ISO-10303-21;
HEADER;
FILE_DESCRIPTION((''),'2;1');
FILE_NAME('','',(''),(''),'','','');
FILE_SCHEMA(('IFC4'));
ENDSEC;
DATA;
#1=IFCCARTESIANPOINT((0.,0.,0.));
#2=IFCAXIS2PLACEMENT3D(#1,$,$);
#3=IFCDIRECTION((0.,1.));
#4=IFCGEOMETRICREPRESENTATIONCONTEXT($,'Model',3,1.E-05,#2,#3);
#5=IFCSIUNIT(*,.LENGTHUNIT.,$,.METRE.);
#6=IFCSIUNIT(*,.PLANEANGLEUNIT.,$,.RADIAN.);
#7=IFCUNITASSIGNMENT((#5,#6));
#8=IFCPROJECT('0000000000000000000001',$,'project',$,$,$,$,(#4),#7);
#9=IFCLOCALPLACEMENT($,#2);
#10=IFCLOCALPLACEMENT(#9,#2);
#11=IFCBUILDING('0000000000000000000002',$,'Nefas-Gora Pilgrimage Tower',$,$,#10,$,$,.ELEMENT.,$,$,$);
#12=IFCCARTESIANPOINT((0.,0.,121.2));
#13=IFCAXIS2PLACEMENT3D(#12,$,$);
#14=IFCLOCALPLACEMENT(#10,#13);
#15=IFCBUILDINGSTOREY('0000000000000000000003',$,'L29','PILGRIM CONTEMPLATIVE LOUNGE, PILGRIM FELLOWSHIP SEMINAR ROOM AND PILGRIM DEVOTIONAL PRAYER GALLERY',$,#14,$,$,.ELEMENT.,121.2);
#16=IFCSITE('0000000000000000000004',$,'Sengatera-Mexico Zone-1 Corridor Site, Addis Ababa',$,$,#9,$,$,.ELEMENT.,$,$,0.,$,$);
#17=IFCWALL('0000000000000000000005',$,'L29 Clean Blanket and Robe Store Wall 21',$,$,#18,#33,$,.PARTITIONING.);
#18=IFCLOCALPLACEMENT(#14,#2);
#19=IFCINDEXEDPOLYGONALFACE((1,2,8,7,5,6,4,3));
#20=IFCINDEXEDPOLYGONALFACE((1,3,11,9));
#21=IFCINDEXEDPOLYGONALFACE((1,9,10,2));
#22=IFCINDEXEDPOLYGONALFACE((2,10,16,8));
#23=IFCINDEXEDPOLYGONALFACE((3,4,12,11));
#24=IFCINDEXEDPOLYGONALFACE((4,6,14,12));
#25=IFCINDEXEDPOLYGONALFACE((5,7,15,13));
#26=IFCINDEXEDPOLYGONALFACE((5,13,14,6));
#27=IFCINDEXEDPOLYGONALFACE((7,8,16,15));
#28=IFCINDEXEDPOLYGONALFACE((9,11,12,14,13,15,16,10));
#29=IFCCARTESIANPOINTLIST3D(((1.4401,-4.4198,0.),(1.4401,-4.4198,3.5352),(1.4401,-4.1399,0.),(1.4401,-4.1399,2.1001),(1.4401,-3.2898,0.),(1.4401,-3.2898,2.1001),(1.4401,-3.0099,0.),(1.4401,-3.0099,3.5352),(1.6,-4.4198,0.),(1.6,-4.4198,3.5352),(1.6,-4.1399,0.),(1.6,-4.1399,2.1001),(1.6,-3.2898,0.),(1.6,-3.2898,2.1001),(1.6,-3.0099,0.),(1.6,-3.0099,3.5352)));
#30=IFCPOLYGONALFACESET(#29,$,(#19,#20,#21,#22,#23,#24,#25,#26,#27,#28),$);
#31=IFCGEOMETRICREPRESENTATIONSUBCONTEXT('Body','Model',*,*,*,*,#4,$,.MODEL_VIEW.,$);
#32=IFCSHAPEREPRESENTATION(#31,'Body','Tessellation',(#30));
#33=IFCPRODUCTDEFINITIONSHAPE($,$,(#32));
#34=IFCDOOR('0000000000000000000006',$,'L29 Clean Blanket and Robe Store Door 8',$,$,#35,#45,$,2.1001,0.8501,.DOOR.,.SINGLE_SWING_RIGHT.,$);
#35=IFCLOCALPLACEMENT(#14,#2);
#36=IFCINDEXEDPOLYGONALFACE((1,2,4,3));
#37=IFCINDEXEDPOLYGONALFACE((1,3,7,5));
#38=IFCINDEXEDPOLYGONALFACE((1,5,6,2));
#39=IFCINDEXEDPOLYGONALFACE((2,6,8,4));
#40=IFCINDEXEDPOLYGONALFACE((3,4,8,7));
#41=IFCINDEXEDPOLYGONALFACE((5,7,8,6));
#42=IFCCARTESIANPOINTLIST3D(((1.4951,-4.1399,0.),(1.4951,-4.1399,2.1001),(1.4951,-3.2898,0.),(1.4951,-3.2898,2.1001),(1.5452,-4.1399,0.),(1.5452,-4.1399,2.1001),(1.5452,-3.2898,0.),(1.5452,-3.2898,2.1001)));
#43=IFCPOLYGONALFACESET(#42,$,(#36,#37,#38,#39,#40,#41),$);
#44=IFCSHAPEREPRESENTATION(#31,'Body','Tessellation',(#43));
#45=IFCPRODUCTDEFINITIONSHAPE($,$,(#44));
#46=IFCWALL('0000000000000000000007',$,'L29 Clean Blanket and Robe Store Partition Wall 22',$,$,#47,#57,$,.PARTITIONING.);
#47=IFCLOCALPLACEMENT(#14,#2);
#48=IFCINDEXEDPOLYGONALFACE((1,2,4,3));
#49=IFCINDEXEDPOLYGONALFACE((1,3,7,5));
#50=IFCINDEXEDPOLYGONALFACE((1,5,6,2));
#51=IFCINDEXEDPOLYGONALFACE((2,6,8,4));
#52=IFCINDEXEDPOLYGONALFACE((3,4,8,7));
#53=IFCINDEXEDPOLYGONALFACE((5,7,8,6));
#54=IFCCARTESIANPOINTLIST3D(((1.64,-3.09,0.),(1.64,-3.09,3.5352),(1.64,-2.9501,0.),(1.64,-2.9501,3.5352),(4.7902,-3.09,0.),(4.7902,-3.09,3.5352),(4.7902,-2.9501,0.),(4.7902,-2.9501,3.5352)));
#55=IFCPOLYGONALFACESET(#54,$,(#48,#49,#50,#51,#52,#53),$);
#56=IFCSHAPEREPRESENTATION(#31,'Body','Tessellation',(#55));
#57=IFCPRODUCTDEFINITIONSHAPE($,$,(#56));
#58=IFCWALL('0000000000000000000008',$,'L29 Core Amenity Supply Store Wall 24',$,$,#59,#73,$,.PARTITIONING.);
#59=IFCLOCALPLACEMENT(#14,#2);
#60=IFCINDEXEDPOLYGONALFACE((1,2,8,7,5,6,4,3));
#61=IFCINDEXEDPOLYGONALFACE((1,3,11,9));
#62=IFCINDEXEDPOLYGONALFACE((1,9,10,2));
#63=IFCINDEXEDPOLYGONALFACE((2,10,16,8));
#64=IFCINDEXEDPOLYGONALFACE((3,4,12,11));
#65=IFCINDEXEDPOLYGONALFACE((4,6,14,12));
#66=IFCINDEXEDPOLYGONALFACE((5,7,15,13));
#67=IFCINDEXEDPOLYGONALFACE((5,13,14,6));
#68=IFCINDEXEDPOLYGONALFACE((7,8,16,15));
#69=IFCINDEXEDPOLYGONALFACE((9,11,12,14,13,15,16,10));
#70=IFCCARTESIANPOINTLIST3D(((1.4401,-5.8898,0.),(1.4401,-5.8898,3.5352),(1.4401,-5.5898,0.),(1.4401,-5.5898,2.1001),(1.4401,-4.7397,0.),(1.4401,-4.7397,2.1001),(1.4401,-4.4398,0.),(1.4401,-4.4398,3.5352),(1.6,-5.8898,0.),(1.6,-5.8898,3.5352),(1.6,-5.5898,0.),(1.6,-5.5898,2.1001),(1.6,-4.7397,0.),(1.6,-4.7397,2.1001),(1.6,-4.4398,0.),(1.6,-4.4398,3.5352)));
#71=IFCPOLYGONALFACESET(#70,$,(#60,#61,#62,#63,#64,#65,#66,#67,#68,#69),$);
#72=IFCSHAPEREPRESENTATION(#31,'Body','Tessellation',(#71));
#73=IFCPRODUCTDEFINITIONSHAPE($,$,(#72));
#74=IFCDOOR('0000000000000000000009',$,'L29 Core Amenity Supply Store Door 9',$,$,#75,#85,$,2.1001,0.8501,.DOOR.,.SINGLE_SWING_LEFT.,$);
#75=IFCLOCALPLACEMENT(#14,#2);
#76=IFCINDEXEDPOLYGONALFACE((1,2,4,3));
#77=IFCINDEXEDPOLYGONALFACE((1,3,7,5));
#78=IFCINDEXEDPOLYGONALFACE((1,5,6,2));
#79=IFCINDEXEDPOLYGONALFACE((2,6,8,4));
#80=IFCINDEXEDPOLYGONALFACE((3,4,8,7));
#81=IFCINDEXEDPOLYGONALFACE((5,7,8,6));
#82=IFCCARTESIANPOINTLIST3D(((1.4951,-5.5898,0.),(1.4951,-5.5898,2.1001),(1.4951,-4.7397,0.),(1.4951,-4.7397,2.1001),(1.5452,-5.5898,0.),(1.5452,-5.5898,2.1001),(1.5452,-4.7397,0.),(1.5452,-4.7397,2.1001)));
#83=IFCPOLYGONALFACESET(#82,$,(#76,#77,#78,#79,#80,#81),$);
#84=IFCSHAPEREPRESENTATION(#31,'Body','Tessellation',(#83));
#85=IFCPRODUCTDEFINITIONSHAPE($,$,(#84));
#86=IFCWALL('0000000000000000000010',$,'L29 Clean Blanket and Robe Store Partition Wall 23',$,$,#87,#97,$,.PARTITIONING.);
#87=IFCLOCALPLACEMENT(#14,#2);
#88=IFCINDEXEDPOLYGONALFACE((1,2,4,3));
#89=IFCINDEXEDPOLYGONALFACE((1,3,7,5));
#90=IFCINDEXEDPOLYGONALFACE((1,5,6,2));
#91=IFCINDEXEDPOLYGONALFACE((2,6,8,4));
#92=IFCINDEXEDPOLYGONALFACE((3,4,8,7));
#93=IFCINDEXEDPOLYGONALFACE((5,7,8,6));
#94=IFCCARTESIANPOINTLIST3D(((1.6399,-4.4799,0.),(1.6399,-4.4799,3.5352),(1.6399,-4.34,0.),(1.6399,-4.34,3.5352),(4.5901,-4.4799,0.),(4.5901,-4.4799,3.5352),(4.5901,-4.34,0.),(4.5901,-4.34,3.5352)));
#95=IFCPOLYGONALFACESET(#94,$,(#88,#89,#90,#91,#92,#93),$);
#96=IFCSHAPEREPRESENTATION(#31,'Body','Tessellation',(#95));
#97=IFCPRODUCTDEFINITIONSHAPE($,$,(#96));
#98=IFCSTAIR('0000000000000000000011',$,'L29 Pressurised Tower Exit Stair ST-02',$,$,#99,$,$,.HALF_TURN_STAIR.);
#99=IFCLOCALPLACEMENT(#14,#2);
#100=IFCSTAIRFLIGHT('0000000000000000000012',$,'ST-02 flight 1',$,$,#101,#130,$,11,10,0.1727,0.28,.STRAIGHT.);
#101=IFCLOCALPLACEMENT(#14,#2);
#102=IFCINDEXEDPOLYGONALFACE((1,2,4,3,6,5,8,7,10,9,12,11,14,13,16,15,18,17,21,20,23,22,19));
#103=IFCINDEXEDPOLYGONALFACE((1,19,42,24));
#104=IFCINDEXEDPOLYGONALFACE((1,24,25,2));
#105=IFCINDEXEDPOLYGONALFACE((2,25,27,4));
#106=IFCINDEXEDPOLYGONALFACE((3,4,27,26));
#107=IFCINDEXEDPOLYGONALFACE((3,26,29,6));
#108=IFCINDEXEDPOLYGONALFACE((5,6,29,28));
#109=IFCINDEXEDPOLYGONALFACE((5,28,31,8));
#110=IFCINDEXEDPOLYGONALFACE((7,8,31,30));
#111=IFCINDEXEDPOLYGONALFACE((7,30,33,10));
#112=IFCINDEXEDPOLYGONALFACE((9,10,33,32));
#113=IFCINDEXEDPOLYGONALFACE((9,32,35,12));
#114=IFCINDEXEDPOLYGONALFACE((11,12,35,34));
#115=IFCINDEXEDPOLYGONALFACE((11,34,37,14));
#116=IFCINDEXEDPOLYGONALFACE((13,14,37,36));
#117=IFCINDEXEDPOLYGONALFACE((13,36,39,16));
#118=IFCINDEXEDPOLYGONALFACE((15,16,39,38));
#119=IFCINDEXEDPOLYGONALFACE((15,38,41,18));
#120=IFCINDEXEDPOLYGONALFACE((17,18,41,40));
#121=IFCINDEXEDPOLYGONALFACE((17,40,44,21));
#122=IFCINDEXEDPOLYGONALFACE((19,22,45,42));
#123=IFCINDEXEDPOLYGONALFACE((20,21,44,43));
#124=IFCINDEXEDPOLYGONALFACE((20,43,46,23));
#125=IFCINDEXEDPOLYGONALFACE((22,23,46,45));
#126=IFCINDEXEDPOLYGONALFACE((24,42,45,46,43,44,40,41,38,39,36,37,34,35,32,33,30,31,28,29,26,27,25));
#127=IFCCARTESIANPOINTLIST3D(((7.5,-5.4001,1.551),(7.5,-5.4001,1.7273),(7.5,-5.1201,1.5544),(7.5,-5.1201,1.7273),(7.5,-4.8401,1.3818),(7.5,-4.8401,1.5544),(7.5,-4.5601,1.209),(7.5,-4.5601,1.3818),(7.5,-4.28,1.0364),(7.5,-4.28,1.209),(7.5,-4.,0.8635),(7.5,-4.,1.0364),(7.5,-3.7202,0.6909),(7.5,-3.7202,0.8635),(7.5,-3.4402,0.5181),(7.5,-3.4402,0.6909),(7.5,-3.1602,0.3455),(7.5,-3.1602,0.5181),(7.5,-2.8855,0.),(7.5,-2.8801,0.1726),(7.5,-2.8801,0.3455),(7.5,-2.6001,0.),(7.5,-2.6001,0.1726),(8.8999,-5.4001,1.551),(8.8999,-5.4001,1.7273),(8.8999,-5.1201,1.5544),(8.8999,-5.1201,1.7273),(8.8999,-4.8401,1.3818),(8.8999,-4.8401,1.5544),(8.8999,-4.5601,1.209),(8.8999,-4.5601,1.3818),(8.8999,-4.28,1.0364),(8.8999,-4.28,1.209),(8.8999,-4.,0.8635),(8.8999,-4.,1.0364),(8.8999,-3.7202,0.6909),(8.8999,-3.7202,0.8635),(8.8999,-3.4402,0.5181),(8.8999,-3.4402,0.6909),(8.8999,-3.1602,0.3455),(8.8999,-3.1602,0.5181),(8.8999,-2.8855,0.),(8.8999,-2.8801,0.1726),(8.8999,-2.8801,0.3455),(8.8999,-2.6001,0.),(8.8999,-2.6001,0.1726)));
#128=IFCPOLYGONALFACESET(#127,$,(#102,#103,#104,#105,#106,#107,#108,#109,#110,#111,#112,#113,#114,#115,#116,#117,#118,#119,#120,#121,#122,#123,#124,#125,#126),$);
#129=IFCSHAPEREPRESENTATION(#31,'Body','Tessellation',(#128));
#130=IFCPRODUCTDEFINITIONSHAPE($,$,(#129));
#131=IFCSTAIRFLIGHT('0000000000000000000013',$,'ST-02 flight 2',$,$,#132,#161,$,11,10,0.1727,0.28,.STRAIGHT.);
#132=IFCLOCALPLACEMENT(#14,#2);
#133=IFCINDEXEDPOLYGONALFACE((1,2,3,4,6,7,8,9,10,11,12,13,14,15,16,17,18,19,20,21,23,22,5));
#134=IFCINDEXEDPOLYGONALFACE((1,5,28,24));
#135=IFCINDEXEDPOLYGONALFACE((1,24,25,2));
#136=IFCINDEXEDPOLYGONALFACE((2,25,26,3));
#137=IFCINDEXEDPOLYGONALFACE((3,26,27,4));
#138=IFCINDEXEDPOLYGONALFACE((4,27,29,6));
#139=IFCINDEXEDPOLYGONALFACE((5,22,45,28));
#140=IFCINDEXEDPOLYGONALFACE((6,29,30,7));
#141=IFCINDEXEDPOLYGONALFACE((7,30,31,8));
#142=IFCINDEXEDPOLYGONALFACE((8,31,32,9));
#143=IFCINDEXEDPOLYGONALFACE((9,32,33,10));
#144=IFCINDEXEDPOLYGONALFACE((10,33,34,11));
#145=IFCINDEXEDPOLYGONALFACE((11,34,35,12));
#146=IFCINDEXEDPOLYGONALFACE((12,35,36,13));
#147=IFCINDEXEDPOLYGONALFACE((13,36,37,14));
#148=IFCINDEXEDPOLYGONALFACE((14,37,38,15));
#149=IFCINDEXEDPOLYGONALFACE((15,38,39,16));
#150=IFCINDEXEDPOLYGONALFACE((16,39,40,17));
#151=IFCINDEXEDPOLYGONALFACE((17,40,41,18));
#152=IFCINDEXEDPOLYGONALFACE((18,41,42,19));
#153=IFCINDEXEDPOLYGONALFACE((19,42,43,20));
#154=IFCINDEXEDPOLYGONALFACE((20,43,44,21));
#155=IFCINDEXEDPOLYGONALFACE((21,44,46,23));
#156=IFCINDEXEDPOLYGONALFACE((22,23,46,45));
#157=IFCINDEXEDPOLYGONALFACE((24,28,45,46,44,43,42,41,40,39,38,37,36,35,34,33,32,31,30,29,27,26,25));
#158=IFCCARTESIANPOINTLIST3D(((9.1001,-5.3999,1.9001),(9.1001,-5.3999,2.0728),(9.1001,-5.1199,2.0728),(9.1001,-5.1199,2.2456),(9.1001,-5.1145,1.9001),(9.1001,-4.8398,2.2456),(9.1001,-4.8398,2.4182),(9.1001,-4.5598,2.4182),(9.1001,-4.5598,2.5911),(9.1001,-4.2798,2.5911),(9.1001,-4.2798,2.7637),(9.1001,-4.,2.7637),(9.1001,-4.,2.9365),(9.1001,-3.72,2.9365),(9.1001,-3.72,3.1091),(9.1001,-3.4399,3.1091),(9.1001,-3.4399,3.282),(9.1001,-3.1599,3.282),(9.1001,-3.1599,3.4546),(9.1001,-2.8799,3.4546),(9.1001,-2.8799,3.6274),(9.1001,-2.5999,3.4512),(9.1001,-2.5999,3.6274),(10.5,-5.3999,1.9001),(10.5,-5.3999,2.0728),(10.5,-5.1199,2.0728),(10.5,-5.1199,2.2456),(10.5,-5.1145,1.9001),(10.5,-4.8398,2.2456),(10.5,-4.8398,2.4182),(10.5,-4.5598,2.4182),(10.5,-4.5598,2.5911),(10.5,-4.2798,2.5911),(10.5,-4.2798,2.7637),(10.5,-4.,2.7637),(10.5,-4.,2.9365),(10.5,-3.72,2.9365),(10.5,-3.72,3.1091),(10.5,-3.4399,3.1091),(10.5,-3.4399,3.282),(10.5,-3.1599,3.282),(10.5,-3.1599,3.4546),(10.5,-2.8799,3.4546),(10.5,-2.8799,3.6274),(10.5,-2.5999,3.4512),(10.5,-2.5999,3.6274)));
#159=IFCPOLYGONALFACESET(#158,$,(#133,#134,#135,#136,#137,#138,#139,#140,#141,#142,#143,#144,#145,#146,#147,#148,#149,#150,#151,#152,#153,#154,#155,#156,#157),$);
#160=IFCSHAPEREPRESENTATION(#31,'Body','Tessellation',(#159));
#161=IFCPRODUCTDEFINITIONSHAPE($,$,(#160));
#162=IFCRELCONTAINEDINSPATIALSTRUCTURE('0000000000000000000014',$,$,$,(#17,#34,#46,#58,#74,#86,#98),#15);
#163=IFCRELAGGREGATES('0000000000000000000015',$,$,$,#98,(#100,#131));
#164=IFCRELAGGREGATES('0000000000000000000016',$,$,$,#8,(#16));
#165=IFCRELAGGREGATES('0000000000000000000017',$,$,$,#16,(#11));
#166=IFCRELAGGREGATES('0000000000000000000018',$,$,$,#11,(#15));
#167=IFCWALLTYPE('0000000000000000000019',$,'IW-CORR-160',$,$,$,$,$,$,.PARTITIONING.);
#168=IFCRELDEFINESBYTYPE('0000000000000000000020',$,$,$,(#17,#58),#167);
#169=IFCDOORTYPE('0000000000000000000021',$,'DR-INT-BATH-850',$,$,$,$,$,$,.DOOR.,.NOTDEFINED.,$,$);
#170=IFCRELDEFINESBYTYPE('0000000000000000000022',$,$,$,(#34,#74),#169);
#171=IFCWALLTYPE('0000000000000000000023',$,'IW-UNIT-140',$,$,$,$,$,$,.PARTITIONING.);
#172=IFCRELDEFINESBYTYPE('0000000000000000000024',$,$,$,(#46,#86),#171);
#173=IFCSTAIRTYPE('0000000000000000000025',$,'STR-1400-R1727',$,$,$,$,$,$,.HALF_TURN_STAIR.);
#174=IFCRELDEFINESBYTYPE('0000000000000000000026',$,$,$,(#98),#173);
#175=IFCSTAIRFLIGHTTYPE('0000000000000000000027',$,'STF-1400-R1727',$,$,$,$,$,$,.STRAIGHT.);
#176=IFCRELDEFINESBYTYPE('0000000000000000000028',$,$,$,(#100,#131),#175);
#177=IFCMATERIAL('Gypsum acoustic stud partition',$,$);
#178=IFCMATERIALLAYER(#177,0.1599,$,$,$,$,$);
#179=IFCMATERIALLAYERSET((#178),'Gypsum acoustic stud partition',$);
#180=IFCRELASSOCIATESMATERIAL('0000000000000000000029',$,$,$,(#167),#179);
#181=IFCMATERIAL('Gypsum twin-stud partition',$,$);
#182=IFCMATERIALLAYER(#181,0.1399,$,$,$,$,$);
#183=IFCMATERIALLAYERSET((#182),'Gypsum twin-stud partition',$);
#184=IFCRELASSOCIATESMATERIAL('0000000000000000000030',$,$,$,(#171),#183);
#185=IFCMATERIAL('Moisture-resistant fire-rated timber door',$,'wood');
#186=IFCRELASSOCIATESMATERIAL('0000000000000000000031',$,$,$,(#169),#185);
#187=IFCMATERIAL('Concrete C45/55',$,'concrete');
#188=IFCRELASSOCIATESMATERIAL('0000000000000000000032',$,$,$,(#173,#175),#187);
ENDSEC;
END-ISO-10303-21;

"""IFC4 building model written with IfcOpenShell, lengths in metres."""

from ifc_helpers import new_model, si_unit, direction, frame, frame_2d, origin, place, context, subcontext, project, spatial, polyline, rectangle, outline, extrude, source, transform, mapped, material, layer, layer_set, type_object, element, fill, aggregate, save


model = new_model("IFC4")

# Units and contexts
model_context = context("Model", 3, precision=1e-05, world=origin(), true_north=direction((0.0, 1.0)))
body_context = subcontext(model_context, "Body", "Model", "MODEL_VIEW")
ifc_project = project(units=[si_unit("LENGTHUNIT", "METRE"), si_unit("PLANEANGLEUNIT", "RADIAN")], contexts=[model_context])

# Site, building, storey
site_placement = place(None, origin())
site = spatial("IfcSite", under=ifc_project, at=site_placement, Name="Sengatera-Mexico Zone-1 Corridor Site, Addis Ababa", CompositionType="ELEMENT", RefElevation=0.0)
building_placement = place(site_placement, origin())
building = spatial("IfcBuilding", under=site, at=building_placement, Name="Nefas-Gora Pilgrimage Tower", CompositionType="ELEMENT")
storey_placement = place(building_placement, frame((0.0, 0.0, 121.2)))
storey = spatial("IfcBuildingStorey", under=building, at=storey_placement, Name="L29", Description="PILGRIM CONTEMPLATIVE LOUNGE, PILGRIM FELLOWSHIP SEMINAR ROOM AND PILGRIM DEVOTIONAL PRAYER GALLERY", CompositionType="ELEMENT", Elevation=121.2)

# Shared definitions
ifc_material_1 = material(Name="Concrete C45/55", Category="concrete")
ifc_material_2 = material(Name="Gypsum acoustic stud partition")
ifc_layer_1 = layer(ifc_material_2, 0.1599)
ifc_layer_set_1 = layer_set([ifc_layer_1], Name="Gypsum acoustic stud partition")
wall_type_1 = type_object("IfcWallType", Name="IW-CORR-160", PredefinedType="PARTITIONING", material=ifc_layer_set_1)

# Shared definitions
ifc_material_3 = material(Name="Gypsum twin-stud partition")
ifc_layer_2 = layer(ifc_material_3, 0.1399)
ifc_layer_set_2 = layer_set([ifc_layer_2], Name="Gypsum twin-stud partition")
wall_type_2 = type_object("IfcWallType", Name="IW-UNIT-140", PredefinedType="PARTITIONING", material=ifc_layer_set_2)

# Wall, opening, door
shared_shape_1 = source(origin(), body_context, "Body", "SweptSolid", [
    extrude(rectangle(XDim=1.4099, YDim=0.1599, at=frame_2d((0.7051, 0.0))), origin(), (0.0, 0.0, 1.0), 3.5352),
])
wall_1_placement = place(storey_placement, frame((1.52, -4.4199, 0.0), z_axis=(0.0, 0.0, 1.0), x_axis=(0.0, 1.0, 0.0)))
wall_1 = element("IfcWall", 1, at=wall_1_placement, inside=storey, type_object=wall_type_1, Name="L29 Clean Blanket and Robe Store Wall 21", PredefinedType="PARTITIONING", context=body_context, shape_type="MappedRepresentation", body=[
    mapped(shared_shape_1, transform((0.0, 0.0, 0.0), x_axis=(1.0, 0.0, 0.0), y_axis=(0.0, 1.0, 0.0), z_axis=(0.0, 0.0, 1.0), scale=1.0)),
])
opening_1_placement = place(wall_1_placement, frame((0.28, 0.0, 0.0)))
opening_1 = element("IfcOpeningElement", 2, at=opening_1_placement, cuts=wall_1, PredefinedType="OPENING", context=body_context, shape_type="SweptSolid", body=[
    extrude(rectangle(XDim=0.8501, YDim=2.1001, at=frame_2d((0.425, 1.05))), frame((0.0, 0.0898, 0.0), z_axis=(0.0, -1.0, 0.0), x_axis=(1.0, 0.0, 0.0)), (0.0, 0.0, 1.0), 0.1799),
])
ifc_material_4 = material(Name="Moisture-resistant fire-rated timber door", Category="wood")
door_type_1 = type_object("IfcDoorType", Name="DR-INT-BATH-850", OperationType="NOTDEFINED", PredefinedType="DOOR", material=ifc_material_4)
shared_shape_2 = source(origin(), body_context, "Body", "SweptSolid", [
    extrude(rectangle(XDim=0.8501, YDim=2.1001, at=frame_2d((0.425, 1.05))), frame((0.0, 0.0249, 0.0), z_axis=(0.0, -1.0, 0.0), x_axis=(1.0, 0.0, 0.0)), (0.0, 0.0, 1.0), 0.05),
])
door_1_placement = place(opening_1_placement, origin())
door_1 = element("IfcDoor", 3, at=door_1_placement, inside=storey, type_object=door_type_1, Name="L29 Clean Blanket and Robe Store Door 8", OperationType="SINGLE_SWING_RIGHT", OverallHeight=2.1001, OverallWidth=0.8501, PredefinedType="DOOR", context=body_context, shape_type="MappedRepresentation", body=[
    mapped(shared_shape_2, transform((0.0, 0.0, 0.0), x_axis=(1.0, 0.0, 0.0), y_axis=(0.0, 1.0, 0.0), z_axis=(0.0, 0.0, 1.0), scale=1.0)),
])
fill(opening_1, door_1)

# Wall
shared_shape_3 = source(origin(), body_context, "Body", "SweptSolid", [
    extrude(rectangle(XDim=3.1501, YDim=0.1399, at=frame_2d((1.5752, 0.0))), origin(), (0.0, 0.0, 1.0), 3.5352),
])
wall_2_placement = place(storey_placement, frame((1.6399, -3.02, 0.0), z_axis=(0.0, 0.0, 1.0), x_axis=(1.0, 0.0, 0.0)))
element("IfcWall", 4, at=wall_2_placement, inside=storey, type_object=wall_type_2, Name="L29 Clean Blanket and Robe Store Partition Wall 22", PredefinedType="PARTITIONING", context=body_context, shape_type="MappedRepresentation", body=[
    mapped(shared_shape_3, transform((0.0, 0.0, 0.0), x_axis=(1.0, 0.0, 0.0), y_axis=(0.0, 1.0, 0.0), z_axis=(0.0, 0.0, 1.0), scale=1.0)),
])

# Wall, opening, door
shared_shape_4 = source(origin(), body_context, "Body", "SweptSolid", [
    extrude(rectangle(XDim=1.45, YDim=0.1599, at=frame_2d((0.7251, 0.0))), origin(), (0.0, 0.0, 1.0), 3.5352),
])
wall_3_placement = place(storey_placement, frame((1.52, -5.8899, 0.0), z_axis=(0.0, 0.0, 1.0), x_axis=(0.0, 1.0, 0.0)))
wall_3 = element("IfcWall", 5, at=wall_3_placement, inside=storey, type_object=wall_type_1, Name="L29 Core Amenity Supply Store Wall 24", PredefinedType="PARTITIONING", context=body_context, shape_type="MappedRepresentation", body=[
    mapped(shared_shape_4, transform((0.0, 0.0, 0.0), x_axis=(1.0, 0.0, 0.0), y_axis=(0.0, 1.0, 0.0), z_axis=(0.0, 0.0, 1.0), scale=1.0)),
])
opening_2_placement = place(wall_3_placement, frame((0.3, 0.0, 0.0)))
opening_2 = element("IfcOpeningElement", 6, at=opening_2_placement, cuts=wall_3, PredefinedType="OPENING", context=body_context, shape_type="SweptSolid", body=[
    extrude(rectangle(XDim=0.8501, YDim=2.1001, at=frame_2d((0.425, 1.05))), frame((0.0, 0.0898, 0.0), z_axis=(0.0, -1.0, 0.0), x_axis=(1.0, 0.0, 0.0)), (0.0, 0.0, 1.0), 0.1799),
])
door_2_placement = place(opening_2_placement, origin())
door_2 = element("IfcDoor", 7, at=door_2_placement, inside=storey, type_object=door_type_1, Name="L29 Core Amenity Supply Store Door 9", OperationType="SINGLE_SWING_LEFT", OverallHeight=2.1001, OverallWidth=0.8501, PredefinedType="DOOR", context=body_context, shape_type="MappedRepresentation", body=[
    mapped(shared_shape_2, transform((0.0, 0.0, 0.0), x_axis=(1.0, 0.0, 0.0), y_axis=(0.0, 1.0, 0.0), z_axis=(0.0, 0.0, 1.0), scale=1.0)),
])
fill(opening_2, door_2)

# Wall
shared_shape_5 = source(origin(), body_context, "Body", "SweptSolid", [
    extrude(rectangle(XDim=2.9502, YDim=0.1399, at=frame_2d((1.4751, 0.0))), origin(), (0.0, 0.0, 1.0), 3.5352),
])
wall_4_placement = place(storey_placement, frame((1.6399, -4.4099, 0.0), z_axis=(0.0, 0.0, 1.0), x_axis=(1.0, 0.0, 0.0)))
element("IfcWall", 8, at=wall_4_placement, inside=storey, type_object=wall_type_2, Name="L29 Clean Blanket and Robe Store Partition Wall 23", PredefinedType="PARTITIONING", context=body_context, shape_type="MappedRepresentation", body=[
    mapped(shared_shape_5, transform((0.0, 0.0, 0.0), x_axis=(1.0, 0.0, 0.0), y_axis=(0.0, 1.0, 0.0), z_axis=(0.0, 0.0, 1.0), scale=1.0)),
])

# Stair, stair flights
stair_type = type_object("IfcStairType", Name="STR-1400-R1727", PredefinedType="HALF_TURN_STAIR", material=ifc_material_1)
stair_placement = place(storey_placement, origin())
stair = element("IfcStair", 9, at=stair_placement, inside=storey, type_object=stair_type, Name="L29 Pressurised Tower Exit Stair ST-02", PredefinedType="HALF_TURN_STAIR")
stair_flight_type = type_object("IfcStairFlightType", Name="STF-1400-R1727", PredefinedType="STRAIGHT", material=ifc_material_1)
shared_shape_6 = source(origin(), body_context, "Body", "SweptSolid", [
    extrude(outline(polyline([(0.0, 0.0), (0.0, 0.1726), (0.28, 0.1726), (0.28, 0.3455), (0.5601, 0.3455), (0.5601, 0.5181), (0.8401, 0.5181), (0.8401, 0.6909), (1.1201, 0.6909), (1.1201, 0.8635), (1.3999, 0.8635), (1.3999, 1.0364), (1.6799, 1.0364), (1.6799, 1.209), (1.96, 1.209), (1.96, 1.3818), (2.24, 1.3818), (2.24, 1.5544), (2.52, 1.5544), (2.52, 1.7273), (2.8, 1.7273), (2.8, 1.8999), (2.8, 1.551), (0.2854, 0.0), (0.0, 0.0)])), frame((0.0, 0.7, 0.0), z_axis=(0.0, -1.0, 0.0), x_axis=(1.0, 0.0, 0.0)), (0.0, 0.0, 1.0), 1.3999),
])
stair_flight_1_placement = place(storey_placement, frame((8.2, -2.6001, 0.0), z_axis=(0.0, 0.0, 1.0), x_axis=(0.0, -1.0, 0.0)))
stair_flight_1 = element("IfcStairFlight", 10, at=stair_flight_1_placement, type_object=stair_flight_type, Name="ST-02 flight 1", NumberOfRisers=11, NumberOfTreads=10, PredefinedType="STRAIGHT", RiserHeight=0.1727, TreadLength=0.28, context=body_context, shape_type="MappedRepresentation", body=[
    mapped(shared_shape_6, transform((0.0, 0.0, 0.0), x_axis=(1.0, 0.0, 0.0), y_axis=(0.0, 1.0, 0.0), z_axis=(0.0, 0.0, 1.0), scale=1.0)),
])
stair_flight_2_placement = place(storey_placement, frame((9.8, -5.3999, 1.9001), z_axis=(0.0, 0.0, 1.0), x_axis=(0.0, 1.0, 0.0)))
stair_flight_2 = element("IfcStairFlight", 11, at=stair_flight_2_placement, type_object=stair_flight_type, Name="ST-02 flight 2", NumberOfRisers=11, NumberOfTreads=10, PredefinedType="STRAIGHT", RiserHeight=0.1727, TreadLength=0.28, context=body_context, shape_type="MappedRepresentation", body=[
    mapped(shared_shape_6, transform((0.0, 0.0, 0.0), x_axis=(1.0, 0.0, 0.0), y_axis=(0.0, 1.0, 0.0), z_axis=(0.0, 0.0, 1.0), scale=1.0)),
])
aggregate(stair, [stair_flight_1, stair_flight_2])

save(model, "model.ifc")
